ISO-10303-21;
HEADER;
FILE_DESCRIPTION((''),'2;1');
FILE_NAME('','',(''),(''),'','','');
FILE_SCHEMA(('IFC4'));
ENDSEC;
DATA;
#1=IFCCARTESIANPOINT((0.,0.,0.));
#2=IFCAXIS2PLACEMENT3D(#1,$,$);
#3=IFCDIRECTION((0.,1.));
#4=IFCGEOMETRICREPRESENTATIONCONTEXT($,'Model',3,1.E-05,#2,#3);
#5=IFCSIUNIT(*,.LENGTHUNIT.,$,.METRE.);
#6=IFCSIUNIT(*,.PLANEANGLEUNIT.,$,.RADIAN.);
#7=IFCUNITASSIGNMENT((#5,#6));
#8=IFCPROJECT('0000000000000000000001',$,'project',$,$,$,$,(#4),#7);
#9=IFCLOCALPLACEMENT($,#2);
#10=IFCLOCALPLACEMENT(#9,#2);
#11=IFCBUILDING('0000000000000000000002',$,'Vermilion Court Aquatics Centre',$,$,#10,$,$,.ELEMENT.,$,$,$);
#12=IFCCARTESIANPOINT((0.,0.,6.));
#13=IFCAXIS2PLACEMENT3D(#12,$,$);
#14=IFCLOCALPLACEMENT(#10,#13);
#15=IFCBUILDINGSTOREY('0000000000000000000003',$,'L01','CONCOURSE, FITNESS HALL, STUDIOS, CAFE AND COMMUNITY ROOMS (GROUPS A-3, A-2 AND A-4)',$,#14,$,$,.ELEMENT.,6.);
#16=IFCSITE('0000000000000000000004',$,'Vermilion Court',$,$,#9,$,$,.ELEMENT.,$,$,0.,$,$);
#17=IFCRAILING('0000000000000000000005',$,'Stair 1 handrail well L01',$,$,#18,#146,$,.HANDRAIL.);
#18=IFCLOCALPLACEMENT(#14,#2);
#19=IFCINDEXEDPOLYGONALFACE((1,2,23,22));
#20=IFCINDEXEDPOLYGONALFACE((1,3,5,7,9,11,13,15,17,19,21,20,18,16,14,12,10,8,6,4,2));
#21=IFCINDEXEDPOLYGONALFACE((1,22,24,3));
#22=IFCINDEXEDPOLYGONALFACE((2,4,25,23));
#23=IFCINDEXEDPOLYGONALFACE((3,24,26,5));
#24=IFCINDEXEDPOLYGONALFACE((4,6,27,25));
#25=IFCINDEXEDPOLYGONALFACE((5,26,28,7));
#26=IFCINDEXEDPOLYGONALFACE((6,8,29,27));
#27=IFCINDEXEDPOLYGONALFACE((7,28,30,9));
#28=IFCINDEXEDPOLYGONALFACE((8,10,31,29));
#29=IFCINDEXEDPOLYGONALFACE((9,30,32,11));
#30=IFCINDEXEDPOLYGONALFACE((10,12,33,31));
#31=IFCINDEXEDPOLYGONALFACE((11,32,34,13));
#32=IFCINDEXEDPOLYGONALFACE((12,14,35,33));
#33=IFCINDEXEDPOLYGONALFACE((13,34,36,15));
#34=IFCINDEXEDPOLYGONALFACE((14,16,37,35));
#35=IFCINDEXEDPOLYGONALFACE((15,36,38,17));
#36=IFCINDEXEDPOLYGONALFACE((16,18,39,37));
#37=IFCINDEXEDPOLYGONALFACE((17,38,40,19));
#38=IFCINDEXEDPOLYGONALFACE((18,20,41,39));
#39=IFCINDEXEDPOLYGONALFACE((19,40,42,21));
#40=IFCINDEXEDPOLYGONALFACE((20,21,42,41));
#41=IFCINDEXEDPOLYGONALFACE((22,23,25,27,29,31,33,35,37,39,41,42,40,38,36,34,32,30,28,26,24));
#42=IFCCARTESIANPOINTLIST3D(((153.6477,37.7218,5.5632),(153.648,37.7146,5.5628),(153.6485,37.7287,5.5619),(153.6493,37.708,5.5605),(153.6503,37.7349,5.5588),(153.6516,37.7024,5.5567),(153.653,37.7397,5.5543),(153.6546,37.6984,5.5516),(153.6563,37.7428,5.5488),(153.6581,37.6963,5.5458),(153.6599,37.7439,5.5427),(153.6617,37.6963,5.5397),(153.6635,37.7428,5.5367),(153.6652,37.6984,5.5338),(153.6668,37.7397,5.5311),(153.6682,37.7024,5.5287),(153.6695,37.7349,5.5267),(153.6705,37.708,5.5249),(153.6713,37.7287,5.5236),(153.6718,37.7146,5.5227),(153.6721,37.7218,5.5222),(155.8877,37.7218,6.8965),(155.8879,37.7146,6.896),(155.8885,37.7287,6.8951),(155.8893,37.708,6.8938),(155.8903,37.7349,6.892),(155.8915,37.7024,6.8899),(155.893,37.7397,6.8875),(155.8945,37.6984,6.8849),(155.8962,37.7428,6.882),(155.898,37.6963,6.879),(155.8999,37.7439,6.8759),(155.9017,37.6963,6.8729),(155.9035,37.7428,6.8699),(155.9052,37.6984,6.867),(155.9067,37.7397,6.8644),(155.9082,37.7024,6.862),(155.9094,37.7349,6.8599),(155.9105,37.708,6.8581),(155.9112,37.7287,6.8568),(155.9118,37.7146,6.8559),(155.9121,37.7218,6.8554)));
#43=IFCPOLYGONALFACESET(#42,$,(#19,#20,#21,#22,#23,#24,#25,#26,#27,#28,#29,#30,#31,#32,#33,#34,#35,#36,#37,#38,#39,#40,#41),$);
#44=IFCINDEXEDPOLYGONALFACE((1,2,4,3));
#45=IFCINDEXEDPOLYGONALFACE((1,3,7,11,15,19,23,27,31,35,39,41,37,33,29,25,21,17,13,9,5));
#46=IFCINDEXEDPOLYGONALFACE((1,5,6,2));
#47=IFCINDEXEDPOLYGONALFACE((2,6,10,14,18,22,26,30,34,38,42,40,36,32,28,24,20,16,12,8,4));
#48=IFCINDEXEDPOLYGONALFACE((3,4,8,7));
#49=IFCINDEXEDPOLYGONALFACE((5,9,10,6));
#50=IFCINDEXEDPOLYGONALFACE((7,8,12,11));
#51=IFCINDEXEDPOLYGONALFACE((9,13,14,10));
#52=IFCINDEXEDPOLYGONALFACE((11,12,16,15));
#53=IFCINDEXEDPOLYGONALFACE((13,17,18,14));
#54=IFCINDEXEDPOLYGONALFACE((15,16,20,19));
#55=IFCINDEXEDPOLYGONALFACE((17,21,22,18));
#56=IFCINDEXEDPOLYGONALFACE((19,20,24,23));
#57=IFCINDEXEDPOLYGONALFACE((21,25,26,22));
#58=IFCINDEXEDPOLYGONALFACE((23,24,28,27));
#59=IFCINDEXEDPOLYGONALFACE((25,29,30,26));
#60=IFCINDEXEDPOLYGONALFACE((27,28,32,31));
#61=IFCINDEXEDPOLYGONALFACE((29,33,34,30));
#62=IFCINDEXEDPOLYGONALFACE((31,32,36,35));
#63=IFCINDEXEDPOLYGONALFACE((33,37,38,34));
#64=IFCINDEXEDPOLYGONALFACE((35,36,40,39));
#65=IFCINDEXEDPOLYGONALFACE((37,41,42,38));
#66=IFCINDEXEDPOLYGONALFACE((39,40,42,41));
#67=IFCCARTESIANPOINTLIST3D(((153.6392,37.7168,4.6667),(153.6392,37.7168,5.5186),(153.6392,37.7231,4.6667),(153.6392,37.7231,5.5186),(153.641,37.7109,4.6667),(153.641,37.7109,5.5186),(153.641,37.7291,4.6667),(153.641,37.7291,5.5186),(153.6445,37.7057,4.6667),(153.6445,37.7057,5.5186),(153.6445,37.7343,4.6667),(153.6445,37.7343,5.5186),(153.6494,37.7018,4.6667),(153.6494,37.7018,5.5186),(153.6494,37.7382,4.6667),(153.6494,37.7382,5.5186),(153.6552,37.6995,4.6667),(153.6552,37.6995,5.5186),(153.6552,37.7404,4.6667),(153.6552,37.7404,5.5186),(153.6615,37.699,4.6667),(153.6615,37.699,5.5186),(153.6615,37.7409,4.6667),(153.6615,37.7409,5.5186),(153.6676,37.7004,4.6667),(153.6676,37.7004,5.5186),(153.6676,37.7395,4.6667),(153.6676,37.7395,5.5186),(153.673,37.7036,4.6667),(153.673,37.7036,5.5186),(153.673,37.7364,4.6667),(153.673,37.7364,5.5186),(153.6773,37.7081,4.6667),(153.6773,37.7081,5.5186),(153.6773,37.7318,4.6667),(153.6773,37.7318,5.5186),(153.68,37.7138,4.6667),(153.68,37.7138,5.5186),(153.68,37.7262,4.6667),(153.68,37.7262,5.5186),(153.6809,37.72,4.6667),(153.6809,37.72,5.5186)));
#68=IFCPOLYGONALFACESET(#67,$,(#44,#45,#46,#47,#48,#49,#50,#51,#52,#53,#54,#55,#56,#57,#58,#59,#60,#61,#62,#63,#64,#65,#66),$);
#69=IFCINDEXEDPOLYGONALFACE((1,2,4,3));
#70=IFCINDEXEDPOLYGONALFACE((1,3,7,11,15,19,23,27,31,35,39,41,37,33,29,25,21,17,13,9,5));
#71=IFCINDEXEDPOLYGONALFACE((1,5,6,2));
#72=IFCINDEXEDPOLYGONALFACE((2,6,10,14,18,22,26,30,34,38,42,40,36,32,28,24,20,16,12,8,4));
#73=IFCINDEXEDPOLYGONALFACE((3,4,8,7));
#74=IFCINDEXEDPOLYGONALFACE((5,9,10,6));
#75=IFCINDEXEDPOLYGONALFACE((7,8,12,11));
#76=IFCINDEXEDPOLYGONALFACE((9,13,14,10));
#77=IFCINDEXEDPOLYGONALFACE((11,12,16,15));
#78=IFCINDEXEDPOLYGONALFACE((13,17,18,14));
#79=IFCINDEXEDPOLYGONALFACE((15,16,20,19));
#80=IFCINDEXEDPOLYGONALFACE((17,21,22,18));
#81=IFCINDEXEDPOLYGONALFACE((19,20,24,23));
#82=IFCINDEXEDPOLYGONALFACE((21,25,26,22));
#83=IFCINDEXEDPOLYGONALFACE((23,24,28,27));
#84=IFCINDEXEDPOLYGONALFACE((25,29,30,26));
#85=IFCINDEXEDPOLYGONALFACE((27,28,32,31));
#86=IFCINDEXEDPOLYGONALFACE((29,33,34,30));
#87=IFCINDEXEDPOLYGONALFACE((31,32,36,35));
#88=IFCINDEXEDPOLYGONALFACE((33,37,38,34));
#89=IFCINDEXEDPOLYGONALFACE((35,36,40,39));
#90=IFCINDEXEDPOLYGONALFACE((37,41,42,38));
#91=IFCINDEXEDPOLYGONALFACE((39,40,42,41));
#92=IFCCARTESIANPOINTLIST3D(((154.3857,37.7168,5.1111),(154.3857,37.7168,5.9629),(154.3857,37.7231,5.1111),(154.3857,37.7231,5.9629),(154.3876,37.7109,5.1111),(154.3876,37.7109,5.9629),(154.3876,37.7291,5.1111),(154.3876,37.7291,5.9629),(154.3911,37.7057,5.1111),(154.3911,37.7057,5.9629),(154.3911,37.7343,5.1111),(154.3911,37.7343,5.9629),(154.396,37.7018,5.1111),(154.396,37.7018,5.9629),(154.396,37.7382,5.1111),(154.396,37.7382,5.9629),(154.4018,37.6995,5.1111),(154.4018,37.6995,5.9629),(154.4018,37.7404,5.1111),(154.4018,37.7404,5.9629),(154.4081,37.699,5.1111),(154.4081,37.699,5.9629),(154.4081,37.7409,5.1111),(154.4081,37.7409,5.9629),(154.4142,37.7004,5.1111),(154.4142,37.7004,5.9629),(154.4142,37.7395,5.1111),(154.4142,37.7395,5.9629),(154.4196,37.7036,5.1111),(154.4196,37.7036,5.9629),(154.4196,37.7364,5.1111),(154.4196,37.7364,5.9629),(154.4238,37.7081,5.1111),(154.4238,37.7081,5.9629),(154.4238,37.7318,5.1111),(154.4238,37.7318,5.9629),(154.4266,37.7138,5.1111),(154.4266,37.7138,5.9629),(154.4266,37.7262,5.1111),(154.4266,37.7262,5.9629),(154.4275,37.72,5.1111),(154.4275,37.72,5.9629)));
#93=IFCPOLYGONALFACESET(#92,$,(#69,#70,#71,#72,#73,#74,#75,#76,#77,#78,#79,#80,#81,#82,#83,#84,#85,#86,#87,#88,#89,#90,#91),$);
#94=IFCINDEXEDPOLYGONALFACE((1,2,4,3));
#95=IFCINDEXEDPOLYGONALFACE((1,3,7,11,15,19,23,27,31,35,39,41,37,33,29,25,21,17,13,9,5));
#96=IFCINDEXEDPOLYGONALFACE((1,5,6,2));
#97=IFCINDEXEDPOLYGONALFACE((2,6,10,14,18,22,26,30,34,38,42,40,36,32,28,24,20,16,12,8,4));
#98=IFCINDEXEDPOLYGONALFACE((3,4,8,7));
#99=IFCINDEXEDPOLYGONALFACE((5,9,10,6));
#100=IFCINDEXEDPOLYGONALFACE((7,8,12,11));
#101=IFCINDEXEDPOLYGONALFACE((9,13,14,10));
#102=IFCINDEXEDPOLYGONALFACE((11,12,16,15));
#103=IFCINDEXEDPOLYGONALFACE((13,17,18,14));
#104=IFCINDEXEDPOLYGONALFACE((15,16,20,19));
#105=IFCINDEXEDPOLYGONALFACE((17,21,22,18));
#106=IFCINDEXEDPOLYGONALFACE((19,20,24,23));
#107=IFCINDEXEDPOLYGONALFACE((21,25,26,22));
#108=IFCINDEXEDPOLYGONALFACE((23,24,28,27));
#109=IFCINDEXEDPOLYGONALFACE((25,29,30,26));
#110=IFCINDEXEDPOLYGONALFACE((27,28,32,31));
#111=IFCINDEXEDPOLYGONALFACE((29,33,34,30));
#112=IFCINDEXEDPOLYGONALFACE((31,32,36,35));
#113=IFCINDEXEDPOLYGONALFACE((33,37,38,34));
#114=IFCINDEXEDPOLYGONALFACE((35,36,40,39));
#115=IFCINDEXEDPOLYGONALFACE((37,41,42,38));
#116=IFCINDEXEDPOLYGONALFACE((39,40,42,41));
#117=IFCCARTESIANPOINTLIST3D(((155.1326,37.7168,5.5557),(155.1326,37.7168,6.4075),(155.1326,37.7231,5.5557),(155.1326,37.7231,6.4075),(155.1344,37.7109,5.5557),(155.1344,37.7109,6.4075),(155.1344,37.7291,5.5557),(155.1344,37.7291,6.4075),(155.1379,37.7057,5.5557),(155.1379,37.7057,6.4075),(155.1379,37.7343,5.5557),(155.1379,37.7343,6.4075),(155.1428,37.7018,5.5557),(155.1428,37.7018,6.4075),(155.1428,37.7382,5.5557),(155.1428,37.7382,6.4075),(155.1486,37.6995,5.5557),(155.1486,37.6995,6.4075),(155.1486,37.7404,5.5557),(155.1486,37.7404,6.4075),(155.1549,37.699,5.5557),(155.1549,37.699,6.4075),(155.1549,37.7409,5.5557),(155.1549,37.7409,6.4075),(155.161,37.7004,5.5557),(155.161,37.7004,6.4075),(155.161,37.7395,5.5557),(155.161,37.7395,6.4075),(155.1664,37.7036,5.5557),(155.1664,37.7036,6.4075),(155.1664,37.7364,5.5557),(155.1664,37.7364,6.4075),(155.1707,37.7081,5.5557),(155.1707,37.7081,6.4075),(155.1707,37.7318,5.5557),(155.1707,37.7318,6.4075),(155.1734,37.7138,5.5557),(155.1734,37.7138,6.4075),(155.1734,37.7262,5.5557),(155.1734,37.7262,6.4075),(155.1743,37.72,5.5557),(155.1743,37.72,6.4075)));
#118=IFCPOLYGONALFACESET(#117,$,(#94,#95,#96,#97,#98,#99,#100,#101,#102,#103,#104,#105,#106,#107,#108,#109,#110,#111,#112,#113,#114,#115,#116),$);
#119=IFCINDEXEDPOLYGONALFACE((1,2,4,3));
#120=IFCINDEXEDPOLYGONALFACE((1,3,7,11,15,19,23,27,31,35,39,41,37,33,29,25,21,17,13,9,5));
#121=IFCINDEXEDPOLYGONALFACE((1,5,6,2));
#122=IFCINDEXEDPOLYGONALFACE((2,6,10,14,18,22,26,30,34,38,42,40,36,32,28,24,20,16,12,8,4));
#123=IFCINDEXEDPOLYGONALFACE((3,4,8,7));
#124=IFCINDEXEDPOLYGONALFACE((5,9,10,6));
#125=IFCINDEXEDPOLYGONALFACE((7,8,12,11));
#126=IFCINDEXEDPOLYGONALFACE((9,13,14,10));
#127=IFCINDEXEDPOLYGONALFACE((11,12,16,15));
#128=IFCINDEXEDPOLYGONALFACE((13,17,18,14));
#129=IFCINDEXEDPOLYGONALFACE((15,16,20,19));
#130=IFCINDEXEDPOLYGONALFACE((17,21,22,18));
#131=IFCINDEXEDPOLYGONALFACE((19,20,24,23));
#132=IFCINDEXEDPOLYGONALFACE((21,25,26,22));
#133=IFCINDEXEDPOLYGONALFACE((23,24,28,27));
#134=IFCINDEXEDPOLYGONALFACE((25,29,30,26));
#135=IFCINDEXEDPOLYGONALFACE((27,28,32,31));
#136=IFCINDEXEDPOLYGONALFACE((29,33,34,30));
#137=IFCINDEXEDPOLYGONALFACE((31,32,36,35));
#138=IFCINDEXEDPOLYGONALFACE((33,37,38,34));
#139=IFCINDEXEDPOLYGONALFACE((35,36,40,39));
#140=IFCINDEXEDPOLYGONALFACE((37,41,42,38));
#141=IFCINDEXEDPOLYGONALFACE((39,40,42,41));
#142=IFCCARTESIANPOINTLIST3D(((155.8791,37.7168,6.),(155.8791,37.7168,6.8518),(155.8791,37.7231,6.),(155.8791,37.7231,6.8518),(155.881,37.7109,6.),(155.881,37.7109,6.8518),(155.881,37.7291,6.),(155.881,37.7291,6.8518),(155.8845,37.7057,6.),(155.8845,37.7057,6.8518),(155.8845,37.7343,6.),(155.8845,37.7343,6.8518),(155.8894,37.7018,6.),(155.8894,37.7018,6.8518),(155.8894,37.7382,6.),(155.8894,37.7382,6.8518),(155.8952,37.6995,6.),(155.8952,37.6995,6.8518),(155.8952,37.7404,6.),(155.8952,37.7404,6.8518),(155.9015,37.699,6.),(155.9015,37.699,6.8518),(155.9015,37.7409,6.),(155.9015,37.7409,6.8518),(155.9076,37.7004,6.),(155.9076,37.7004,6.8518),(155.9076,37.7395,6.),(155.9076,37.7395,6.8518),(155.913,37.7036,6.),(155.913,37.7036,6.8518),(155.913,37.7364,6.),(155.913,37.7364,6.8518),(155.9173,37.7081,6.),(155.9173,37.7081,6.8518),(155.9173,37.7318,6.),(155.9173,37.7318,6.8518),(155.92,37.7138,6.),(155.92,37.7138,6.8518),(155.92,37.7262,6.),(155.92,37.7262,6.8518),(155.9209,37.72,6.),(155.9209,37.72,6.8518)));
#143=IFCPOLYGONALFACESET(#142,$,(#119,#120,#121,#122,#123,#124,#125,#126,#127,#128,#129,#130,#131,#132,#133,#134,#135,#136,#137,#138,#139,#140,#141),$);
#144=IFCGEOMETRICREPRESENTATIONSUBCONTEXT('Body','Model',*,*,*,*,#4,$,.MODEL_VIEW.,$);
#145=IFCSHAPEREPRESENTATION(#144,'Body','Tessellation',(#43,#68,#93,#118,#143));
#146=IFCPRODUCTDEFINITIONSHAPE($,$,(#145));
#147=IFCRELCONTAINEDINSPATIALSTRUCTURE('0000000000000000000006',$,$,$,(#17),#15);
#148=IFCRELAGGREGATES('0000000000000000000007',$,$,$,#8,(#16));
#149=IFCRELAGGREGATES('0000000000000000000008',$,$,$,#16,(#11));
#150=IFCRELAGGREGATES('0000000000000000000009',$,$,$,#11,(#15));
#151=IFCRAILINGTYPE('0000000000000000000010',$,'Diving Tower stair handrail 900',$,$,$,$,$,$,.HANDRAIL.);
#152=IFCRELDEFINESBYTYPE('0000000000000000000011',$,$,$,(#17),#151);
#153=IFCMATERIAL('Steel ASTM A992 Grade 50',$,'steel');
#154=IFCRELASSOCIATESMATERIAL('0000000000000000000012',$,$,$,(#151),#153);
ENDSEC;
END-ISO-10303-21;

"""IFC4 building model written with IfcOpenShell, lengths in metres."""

from ifc_helpers import new_model, si_unit, direction, frame, origin, origin_2d, place, context, subcontext, project, spatial, circle, extrude, material, type_object, element, save


model = new_model("IFC4")

# Units and contexts
model_context = context("Model", 3, precision=1e-05, world=origin(), true_north=direction((0.0, 1.0)))
body_context = subcontext(model_context, "Body", "Model", "MODEL_VIEW")
ifc_project = project(units=[si_unit("LENGTHUNIT", "METRE"), si_unit("PLANEANGLEUNIT", "RADIAN")], contexts=[model_context])

# Site, building, storey
site_placement = place(None, origin())
site = spatial("IfcSite", under=ifc_project, at=site_placement, Name="Vermilion Court", CompositionType="ELEMENT", RefElevation=0.0)
building_placement = place(site_placement, origin())
building = spatial("IfcBuilding", under=site, at=building_placement, Name="Vermilion Court Aquatics Centre", CompositionType="ELEMENT")
storey_placement = place(building_placement, frame((0.0, 0.0, 6.0)))
storey = spatial("IfcBuildingStorey", under=building, at=storey_placement, Name="L01", Description="CONCOURSE, FITNESS HALL, STUDIOS, CAFE AND COMMUNITY ROOMS (GROUPS A-3, A-2 AND A-4)", CompositionType="ELEMENT", Elevation=6.0)

# Railing
ifc_material_1 = material(Name="Steel ASTM A992 Grade 50", Category="steel")
railing_type_1 = type_object("IfcRailingType", Name="Diving Tower stair handrail 900", PredefinedType="HANDRAIL", material=ifc_material_1)
for number, where, name in (
    (1, (153.6599, 37.72, 4.6667), "Stair 1 handrail well L01"),
):
    element("IfcRailing", number, at=place(storey_placement, frame(where)), inside=storey, type_object=railing_type_1, Name=name, PredefinedType="HANDRAIL", context=body_context, shape_type="SweptSolid", body=[
        extrude(circle(Radius=0.0239, at=origin_2d()), frame((0.0, 0.0, 0.876), z_axis=(0.859306, 0.0, 0.511462), x_axis=(0.0, 1.0, 0.0)), (0.0, 0.0, 1.0), 2.6067),
        extrude(circle(Radius=0.021, at=origin_2d()), origin(), (0.0, 0.0, 1.0), 0.8518),
        extrude(circle(Radius=0.021, at=origin_2d()), frame((0.7466, 0.0, 0.4443)), (0.0, 0.0, 1.0), 0.8518),
        extrude(circle(Radius=0.021, at=origin_2d()), frame((1.4934, 0.0, 0.8889)), (0.0, 0.0, 1.0), 0.8518),
        extrude(circle(Radius=0.021, at=origin_2d()), frame((2.24, 0.0, 1.3333)), (0.0, 0.0, 1.0), 0.8518),
    ])

save(model, "model.ifc")
